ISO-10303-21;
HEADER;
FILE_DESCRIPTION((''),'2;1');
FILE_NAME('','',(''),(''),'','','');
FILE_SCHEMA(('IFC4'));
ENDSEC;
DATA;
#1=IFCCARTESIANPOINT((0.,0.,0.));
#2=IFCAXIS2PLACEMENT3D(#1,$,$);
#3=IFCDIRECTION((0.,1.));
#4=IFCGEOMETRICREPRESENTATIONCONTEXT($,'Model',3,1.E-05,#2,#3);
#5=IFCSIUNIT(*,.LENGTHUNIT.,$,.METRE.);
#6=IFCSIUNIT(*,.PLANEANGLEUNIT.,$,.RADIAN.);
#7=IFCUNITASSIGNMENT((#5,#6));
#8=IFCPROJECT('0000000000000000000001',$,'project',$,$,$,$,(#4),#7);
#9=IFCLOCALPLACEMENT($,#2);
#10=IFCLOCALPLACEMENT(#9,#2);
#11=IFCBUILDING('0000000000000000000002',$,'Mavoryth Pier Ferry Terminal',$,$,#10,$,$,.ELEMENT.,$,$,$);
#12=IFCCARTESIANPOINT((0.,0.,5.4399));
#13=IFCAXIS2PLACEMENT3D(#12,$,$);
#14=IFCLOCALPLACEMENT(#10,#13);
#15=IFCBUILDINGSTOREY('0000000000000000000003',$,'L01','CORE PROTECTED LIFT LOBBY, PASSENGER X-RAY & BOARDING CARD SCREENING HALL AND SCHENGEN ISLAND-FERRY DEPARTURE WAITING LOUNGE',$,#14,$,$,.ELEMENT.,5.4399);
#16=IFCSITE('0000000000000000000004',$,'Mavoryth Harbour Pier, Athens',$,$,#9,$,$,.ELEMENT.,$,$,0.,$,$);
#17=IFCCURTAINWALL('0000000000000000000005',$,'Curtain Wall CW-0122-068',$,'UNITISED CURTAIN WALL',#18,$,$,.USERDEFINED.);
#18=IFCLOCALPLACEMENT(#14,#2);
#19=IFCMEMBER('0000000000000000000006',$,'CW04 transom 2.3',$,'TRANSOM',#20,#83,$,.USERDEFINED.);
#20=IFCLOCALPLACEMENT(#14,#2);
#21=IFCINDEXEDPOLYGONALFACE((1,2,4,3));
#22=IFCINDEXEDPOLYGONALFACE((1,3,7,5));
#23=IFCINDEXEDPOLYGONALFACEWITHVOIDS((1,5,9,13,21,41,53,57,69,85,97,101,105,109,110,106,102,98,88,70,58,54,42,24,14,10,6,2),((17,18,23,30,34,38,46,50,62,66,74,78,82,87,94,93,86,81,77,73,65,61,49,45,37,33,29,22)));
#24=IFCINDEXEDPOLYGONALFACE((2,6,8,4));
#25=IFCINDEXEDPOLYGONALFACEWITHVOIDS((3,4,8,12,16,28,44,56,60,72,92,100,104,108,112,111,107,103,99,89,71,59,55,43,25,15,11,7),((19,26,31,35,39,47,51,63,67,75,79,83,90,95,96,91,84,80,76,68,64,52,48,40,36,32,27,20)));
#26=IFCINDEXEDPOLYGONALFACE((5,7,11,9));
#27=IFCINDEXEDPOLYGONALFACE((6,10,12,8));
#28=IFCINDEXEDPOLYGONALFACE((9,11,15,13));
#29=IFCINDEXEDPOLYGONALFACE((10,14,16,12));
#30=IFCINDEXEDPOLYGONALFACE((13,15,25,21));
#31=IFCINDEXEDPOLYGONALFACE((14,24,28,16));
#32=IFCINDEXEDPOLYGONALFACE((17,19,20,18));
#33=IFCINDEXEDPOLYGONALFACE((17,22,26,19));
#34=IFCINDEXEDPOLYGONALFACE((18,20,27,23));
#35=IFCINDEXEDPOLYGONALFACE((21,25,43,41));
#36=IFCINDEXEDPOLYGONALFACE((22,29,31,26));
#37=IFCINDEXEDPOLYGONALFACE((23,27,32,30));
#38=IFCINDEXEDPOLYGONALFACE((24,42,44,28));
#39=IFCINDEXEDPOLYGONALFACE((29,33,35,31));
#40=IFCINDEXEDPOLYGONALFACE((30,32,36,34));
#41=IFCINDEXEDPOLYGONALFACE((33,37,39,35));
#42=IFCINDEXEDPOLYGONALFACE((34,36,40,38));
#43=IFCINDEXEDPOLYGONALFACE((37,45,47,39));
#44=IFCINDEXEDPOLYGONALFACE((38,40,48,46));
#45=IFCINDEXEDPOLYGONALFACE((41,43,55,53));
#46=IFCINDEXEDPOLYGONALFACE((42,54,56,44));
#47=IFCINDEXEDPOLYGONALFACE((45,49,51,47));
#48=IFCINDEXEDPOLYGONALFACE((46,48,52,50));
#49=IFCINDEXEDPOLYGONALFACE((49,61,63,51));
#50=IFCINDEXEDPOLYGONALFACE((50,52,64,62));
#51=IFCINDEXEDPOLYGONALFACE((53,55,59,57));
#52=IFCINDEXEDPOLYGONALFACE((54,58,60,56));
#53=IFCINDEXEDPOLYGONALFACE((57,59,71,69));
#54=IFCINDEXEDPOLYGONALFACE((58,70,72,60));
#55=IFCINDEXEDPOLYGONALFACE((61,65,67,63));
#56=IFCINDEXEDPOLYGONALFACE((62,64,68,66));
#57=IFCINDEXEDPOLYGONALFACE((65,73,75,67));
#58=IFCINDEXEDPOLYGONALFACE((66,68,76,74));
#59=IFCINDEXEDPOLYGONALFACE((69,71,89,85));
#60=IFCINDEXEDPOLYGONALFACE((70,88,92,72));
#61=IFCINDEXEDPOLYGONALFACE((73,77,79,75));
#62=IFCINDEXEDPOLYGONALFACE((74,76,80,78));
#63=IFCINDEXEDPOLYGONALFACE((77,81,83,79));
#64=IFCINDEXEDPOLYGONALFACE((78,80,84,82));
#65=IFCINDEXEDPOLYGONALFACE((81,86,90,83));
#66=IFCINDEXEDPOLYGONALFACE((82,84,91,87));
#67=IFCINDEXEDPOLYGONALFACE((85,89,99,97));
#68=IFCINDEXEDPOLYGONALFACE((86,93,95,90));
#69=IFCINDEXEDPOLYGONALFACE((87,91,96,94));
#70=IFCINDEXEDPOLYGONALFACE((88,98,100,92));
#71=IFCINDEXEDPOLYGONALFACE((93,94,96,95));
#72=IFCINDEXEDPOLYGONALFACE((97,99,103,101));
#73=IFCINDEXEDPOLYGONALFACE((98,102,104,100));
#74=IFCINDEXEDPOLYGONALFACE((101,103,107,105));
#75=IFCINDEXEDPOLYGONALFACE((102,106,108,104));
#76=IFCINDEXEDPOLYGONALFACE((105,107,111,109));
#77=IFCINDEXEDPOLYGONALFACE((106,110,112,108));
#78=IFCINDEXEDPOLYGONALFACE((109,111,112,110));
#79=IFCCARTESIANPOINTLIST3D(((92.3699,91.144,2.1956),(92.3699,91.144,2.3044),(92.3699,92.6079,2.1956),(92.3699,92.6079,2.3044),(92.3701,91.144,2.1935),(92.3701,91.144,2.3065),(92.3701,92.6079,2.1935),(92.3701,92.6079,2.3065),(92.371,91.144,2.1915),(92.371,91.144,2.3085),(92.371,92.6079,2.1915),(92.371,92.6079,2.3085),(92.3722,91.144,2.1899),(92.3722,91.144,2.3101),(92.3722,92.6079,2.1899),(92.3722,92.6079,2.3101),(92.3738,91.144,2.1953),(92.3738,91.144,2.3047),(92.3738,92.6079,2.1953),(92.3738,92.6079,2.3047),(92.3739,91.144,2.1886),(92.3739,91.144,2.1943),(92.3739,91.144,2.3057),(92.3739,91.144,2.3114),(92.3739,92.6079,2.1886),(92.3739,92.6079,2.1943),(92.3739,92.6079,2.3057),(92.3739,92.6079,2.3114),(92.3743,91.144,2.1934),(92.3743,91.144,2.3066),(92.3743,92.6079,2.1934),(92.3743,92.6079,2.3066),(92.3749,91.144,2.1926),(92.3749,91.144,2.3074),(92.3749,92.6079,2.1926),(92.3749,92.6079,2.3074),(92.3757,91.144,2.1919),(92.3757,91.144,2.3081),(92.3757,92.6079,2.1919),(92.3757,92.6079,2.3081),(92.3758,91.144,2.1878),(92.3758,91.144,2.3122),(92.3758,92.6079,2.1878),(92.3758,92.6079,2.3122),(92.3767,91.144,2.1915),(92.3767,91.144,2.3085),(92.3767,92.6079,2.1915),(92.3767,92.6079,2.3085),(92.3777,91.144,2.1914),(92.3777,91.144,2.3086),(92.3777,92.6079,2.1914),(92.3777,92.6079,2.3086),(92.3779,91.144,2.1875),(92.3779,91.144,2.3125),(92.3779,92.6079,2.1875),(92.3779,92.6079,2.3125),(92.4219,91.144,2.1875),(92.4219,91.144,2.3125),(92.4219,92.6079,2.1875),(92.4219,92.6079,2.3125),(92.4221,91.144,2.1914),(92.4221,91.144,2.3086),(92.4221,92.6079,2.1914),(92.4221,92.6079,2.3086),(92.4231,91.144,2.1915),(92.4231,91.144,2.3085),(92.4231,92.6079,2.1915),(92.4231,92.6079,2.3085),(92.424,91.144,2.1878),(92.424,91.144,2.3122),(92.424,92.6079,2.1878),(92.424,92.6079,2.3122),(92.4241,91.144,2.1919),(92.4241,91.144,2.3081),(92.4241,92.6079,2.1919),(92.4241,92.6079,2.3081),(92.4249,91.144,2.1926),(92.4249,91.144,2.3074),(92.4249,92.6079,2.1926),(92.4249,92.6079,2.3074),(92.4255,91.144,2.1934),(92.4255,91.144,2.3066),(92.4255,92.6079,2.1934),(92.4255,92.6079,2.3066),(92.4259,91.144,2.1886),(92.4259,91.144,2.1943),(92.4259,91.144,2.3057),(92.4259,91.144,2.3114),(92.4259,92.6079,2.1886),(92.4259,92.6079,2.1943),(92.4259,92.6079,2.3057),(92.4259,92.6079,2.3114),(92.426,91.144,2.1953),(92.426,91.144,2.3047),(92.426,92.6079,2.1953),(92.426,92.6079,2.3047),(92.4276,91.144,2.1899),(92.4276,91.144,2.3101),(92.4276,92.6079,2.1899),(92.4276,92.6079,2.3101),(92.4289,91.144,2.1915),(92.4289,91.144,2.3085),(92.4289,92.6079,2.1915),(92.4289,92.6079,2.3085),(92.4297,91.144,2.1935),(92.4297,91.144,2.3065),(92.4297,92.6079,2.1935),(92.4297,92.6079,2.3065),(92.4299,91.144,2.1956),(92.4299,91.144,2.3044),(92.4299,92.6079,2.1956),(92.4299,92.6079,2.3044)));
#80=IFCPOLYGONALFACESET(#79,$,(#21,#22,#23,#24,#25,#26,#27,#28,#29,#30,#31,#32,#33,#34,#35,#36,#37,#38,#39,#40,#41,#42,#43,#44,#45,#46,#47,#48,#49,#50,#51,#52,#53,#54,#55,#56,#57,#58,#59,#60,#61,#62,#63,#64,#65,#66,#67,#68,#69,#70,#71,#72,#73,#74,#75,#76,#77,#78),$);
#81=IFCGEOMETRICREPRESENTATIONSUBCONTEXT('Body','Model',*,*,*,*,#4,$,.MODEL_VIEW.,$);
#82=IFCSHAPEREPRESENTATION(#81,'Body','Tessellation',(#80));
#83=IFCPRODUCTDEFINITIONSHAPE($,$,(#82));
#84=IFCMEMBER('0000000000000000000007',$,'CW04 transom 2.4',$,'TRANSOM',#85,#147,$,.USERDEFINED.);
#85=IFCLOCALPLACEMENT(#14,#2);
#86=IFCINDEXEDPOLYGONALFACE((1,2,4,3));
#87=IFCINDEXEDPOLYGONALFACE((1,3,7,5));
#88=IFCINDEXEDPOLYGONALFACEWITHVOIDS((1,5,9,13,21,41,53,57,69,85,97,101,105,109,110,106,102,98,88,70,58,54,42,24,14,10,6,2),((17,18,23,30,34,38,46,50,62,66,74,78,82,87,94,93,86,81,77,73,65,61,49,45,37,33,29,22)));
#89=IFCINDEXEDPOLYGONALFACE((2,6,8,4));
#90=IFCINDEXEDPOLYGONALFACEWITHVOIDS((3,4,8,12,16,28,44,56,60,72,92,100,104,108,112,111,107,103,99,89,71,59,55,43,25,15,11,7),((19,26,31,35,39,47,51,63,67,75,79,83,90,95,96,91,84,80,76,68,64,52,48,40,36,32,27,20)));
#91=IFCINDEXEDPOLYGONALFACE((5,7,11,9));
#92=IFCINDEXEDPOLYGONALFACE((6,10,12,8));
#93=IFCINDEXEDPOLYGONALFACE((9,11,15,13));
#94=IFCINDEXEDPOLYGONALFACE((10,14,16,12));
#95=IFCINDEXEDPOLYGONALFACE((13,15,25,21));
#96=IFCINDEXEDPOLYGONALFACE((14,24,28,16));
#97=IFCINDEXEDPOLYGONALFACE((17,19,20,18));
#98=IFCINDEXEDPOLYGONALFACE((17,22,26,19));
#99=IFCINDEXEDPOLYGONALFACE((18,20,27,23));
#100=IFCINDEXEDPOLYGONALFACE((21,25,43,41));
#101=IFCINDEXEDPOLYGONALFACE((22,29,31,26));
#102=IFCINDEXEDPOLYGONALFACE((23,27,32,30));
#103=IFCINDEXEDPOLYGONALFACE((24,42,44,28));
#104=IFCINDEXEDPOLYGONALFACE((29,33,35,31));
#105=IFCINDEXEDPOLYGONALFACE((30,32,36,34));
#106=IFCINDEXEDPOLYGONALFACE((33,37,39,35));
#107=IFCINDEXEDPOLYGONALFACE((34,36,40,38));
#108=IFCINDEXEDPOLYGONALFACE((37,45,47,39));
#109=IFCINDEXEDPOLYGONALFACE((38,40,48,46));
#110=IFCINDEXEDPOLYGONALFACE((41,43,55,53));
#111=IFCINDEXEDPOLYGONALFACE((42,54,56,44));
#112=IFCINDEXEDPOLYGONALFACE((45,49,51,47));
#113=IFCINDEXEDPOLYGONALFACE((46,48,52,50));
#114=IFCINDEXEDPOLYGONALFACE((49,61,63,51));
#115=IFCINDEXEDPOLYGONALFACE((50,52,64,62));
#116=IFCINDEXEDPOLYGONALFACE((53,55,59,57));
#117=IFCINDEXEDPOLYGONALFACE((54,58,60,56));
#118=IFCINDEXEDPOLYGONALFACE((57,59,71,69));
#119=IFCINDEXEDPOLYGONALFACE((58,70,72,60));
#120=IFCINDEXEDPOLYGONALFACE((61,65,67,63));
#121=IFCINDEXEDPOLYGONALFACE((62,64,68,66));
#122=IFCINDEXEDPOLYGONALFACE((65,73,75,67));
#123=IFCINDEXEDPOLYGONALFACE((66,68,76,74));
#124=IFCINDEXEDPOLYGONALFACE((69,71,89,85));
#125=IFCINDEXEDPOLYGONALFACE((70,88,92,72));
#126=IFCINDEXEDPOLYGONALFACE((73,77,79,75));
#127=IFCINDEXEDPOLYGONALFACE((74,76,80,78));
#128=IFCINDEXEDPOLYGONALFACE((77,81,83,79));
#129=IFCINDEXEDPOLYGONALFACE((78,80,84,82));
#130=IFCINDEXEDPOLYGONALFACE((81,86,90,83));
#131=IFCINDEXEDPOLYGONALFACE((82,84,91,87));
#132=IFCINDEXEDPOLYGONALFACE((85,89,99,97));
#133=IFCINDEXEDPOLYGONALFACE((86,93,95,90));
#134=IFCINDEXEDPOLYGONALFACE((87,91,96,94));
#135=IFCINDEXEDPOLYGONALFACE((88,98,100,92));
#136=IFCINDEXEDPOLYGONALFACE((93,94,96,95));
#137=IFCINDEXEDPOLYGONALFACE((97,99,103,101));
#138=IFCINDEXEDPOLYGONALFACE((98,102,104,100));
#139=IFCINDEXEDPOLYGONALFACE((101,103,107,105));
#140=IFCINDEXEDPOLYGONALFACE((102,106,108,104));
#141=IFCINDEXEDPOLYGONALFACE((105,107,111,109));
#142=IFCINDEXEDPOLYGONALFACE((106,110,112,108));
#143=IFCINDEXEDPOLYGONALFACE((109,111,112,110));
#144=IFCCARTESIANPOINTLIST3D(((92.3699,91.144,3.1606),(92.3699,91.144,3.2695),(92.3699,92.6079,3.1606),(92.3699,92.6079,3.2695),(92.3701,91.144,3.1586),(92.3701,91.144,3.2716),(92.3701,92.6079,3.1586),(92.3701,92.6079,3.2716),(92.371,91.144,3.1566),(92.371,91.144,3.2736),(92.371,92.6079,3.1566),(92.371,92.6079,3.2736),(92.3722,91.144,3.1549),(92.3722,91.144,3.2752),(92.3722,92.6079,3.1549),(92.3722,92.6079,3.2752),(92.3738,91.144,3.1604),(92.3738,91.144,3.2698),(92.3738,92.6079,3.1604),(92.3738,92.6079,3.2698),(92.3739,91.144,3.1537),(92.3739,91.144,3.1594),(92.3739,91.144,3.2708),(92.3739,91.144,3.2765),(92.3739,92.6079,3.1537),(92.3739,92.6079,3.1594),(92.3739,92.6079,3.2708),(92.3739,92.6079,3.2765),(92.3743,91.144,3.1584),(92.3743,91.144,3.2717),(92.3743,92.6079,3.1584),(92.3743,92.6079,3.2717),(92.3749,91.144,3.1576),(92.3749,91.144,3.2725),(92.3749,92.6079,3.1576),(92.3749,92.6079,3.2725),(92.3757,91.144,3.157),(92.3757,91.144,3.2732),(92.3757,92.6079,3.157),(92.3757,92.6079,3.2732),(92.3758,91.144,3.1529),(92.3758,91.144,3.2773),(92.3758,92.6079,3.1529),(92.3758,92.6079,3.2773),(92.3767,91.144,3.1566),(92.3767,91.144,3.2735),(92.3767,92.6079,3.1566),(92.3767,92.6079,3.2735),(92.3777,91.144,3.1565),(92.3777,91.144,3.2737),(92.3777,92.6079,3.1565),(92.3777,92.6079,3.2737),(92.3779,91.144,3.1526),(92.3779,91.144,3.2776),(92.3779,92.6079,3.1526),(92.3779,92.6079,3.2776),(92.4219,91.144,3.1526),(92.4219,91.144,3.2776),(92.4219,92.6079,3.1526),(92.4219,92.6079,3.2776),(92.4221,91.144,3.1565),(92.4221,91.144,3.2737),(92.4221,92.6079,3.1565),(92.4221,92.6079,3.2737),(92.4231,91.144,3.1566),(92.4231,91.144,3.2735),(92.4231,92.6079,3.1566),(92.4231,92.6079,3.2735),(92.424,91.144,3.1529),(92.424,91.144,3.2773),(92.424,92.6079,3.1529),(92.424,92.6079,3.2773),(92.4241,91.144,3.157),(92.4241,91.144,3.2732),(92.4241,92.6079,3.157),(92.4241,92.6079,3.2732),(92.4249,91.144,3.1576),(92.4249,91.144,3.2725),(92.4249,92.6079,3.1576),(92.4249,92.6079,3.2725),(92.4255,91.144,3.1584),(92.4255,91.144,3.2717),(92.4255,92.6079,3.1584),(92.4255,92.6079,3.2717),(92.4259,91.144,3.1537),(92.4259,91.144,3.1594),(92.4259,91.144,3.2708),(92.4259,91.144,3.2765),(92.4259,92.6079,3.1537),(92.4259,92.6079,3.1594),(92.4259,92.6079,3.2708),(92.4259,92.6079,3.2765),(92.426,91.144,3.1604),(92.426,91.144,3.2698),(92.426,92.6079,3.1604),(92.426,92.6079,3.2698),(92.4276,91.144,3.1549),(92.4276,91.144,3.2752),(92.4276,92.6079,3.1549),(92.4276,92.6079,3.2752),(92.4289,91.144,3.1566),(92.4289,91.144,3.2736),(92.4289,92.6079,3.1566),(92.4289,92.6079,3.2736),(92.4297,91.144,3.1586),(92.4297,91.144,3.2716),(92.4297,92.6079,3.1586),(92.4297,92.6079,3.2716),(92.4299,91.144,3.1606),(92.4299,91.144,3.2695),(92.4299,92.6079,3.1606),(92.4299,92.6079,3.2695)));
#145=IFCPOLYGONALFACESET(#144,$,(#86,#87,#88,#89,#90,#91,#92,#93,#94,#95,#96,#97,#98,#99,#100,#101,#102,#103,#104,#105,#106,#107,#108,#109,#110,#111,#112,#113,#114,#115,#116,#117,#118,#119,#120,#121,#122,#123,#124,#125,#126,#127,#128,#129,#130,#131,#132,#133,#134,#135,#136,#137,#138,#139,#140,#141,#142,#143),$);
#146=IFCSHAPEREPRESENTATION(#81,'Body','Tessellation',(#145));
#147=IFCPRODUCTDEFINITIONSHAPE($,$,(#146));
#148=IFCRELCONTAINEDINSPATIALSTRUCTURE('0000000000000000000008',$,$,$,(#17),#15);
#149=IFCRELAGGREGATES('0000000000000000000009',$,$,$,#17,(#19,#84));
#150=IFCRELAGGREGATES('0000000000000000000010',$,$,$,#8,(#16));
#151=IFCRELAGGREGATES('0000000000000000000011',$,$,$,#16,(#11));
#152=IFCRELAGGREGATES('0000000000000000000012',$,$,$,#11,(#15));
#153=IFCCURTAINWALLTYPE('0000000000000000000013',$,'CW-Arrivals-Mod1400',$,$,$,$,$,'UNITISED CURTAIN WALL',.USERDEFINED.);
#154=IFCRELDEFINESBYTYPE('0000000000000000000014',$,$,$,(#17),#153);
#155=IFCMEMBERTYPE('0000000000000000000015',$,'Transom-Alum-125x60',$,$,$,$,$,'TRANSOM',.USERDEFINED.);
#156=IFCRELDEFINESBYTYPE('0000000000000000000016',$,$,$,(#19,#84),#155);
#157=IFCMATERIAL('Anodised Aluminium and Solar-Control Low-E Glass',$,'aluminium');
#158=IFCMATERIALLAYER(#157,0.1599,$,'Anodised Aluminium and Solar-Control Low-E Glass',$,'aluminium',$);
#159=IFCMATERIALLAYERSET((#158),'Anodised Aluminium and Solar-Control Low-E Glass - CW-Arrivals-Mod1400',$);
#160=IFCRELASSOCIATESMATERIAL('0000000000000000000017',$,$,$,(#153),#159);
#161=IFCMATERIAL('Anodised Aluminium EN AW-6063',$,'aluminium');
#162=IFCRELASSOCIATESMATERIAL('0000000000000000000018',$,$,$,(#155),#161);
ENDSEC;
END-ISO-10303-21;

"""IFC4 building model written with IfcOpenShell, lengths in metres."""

from ifc_helpers import new_model, si_unit, direction, frame, origin, origin_2d, place, context, subcontext, project, spatial, hollow_rectangle, extrude, material, layer, layer_set, material_profile, profile_set, type_object, element, aggregate, save


model = new_model("IFC4")

# Units and contexts
model_context = context("Model", 3, precision=1e-05, world=origin(), true_north=direction((0.0, 1.0)))
body_context = subcontext(model_context, "Body", "Model", "MODEL_VIEW")
ifc_project = project(units=[si_unit("LENGTHUNIT", "METRE"), si_unit("PLANEANGLEUNIT", "RADIAN")], contexts=[model_context])

# Site, building, storey
site_placement = place(None, origin())
site = spatial("IfcSite", under=ifc_project, at=site_placement, Name="Mavoryth Harbour Pier, Athens", CompositionType="ELEMENT", RefElevation=0.0)
building_placement = place(site_placement, origin())
building = spatial("IfcBuilding", under=site, at=building_placement, Name="Mavoryth Pier Ferry Terminal", CompositionType="ELEMENT")
storey_placement = place(building_placement, frame((0.0, 0.0, 5.4399)))
storey = spatial("IfcBuildingStorey", under=building, at=storey_placement, Name="L01", Description="CORE PROTECTED LIFT LOBBY, PASSENGER X-RAY & BOARDING CARD SCREENING HALL AND SCHENGEN ISLAND-FERRY DEPARTURE WAITING LOUNGE", CompositionType="ELEMENT", Elevation=5.4399)

# Curtain wall, members
ifc_material_1 = material(Name="Anodised Aluminium and Solar-Control Low-E Glass", Category="aluminium")
ifc_layer_1 = layer(ifc_material_1, 0.1599, Name="Anodised Aluminium and Solar-Control Low-E Glass", Category="aluminium")
ifc_layer_set_1 = layer_set([ifc_layer_1], Name="Anodised Aluminium and Solar-Control Low-E Glass - CW-Arrivals-Mod1400")
curtain_wall_type = type_object("IfcCurtainWallType", Name="CW-Arrivals-Mod1400", ElementType="UNITISED CURTAIN WALL", PredefinedType="USERDEFINED", material=ifc_layer_set_1)
curtain_wall_placement = place(storey_placement, origin())
curtain_wall = element("IfcCurtainWall", 1, at=curtain_wall_placement, inside=storey, type_object=curtain_wall_type, Name="Curtain Wall CW-0122-068", ObjectType="UNITISED CURTAIN WALL", PredefinedType="USERDEFINED")
ifc_material_2 = material(Name="Anodised Aluminium EN AW-6063", Category="aluminium")
ifc_material_profile_1 = material_profile(ifc_material_2, hollow_rectangle(XDim=0.0601, YDim=0.125, WallThickness=0.0039, InnerFilletRadius=0.0039, OuterFilletRadius=0.0081, at=origin_2d()), Name="AL-TRAN 125x60x4", Category="aluminium")
ifc_profile_set_1 = profile_set([ifc_material_profile_1], Name="Anodised Aluminium EN AW-6063 - AL-TRAN 125x60x4")
member_type_1 = type_object("IfcMemberType", Name="Transom-Alum-125x60", ElementType="TRANSOM", PredefinedType="USERDEFINED", material=ifc_profile_set_1)
member_1_placement = place(storey_placement, frame((92.3999, 91.144, 2.25), z_axis=(0.0, 1.0, 0.0), x_axis=(-1.0, 0.0, 0.0)))
member_1 = element("IfcMember", 2, at=member_1_placement, type_object=member_type_1, Name="CW04 transom 2.3", ObjectType="TRANSOM", PredefinedType="USERDEFINED", context=body_context, shape_type="SweptSolid", body=[
    extrude(hollow_rectangle(XDim=0.0601, YDim=0.125, WallThickness=0.0039, InnerFilletRadius=0.0039, OuterFilletRadius=0.0081, at=origin_2d()), origin(), (0.0, 0.0, 1.0), 1.4639),
])
member_2_placement = place(storey_placement, frame((92.3999, 91.144, 3.2151), z_axis=(0.0, 1.0, 0.0), x_axis=(-1.0, 0.0, 0.0)))
member_2 = element("IfcMember", 3, at=member_2_placement, type_object=member_type_1, Name="CW04 transom 2.4", ObjectType="TRANSOM", PredefinedType="USERDEFINED", context=body_context, shape_type="SweptSolid", body=[
    extrude(hollow_rectangle(XDim=0.0601, YDim=0.125, WallThickness=0.0039, InnerFilletRadius=0.0039, OuterFilletRadius=0.0081, at=origin_2d()), origin(), (0.0, 0.0, 1.0), 1.4639),
])
aggregate(curtain_wall, [member_1, member_2])

save(model, "model.ifc")
